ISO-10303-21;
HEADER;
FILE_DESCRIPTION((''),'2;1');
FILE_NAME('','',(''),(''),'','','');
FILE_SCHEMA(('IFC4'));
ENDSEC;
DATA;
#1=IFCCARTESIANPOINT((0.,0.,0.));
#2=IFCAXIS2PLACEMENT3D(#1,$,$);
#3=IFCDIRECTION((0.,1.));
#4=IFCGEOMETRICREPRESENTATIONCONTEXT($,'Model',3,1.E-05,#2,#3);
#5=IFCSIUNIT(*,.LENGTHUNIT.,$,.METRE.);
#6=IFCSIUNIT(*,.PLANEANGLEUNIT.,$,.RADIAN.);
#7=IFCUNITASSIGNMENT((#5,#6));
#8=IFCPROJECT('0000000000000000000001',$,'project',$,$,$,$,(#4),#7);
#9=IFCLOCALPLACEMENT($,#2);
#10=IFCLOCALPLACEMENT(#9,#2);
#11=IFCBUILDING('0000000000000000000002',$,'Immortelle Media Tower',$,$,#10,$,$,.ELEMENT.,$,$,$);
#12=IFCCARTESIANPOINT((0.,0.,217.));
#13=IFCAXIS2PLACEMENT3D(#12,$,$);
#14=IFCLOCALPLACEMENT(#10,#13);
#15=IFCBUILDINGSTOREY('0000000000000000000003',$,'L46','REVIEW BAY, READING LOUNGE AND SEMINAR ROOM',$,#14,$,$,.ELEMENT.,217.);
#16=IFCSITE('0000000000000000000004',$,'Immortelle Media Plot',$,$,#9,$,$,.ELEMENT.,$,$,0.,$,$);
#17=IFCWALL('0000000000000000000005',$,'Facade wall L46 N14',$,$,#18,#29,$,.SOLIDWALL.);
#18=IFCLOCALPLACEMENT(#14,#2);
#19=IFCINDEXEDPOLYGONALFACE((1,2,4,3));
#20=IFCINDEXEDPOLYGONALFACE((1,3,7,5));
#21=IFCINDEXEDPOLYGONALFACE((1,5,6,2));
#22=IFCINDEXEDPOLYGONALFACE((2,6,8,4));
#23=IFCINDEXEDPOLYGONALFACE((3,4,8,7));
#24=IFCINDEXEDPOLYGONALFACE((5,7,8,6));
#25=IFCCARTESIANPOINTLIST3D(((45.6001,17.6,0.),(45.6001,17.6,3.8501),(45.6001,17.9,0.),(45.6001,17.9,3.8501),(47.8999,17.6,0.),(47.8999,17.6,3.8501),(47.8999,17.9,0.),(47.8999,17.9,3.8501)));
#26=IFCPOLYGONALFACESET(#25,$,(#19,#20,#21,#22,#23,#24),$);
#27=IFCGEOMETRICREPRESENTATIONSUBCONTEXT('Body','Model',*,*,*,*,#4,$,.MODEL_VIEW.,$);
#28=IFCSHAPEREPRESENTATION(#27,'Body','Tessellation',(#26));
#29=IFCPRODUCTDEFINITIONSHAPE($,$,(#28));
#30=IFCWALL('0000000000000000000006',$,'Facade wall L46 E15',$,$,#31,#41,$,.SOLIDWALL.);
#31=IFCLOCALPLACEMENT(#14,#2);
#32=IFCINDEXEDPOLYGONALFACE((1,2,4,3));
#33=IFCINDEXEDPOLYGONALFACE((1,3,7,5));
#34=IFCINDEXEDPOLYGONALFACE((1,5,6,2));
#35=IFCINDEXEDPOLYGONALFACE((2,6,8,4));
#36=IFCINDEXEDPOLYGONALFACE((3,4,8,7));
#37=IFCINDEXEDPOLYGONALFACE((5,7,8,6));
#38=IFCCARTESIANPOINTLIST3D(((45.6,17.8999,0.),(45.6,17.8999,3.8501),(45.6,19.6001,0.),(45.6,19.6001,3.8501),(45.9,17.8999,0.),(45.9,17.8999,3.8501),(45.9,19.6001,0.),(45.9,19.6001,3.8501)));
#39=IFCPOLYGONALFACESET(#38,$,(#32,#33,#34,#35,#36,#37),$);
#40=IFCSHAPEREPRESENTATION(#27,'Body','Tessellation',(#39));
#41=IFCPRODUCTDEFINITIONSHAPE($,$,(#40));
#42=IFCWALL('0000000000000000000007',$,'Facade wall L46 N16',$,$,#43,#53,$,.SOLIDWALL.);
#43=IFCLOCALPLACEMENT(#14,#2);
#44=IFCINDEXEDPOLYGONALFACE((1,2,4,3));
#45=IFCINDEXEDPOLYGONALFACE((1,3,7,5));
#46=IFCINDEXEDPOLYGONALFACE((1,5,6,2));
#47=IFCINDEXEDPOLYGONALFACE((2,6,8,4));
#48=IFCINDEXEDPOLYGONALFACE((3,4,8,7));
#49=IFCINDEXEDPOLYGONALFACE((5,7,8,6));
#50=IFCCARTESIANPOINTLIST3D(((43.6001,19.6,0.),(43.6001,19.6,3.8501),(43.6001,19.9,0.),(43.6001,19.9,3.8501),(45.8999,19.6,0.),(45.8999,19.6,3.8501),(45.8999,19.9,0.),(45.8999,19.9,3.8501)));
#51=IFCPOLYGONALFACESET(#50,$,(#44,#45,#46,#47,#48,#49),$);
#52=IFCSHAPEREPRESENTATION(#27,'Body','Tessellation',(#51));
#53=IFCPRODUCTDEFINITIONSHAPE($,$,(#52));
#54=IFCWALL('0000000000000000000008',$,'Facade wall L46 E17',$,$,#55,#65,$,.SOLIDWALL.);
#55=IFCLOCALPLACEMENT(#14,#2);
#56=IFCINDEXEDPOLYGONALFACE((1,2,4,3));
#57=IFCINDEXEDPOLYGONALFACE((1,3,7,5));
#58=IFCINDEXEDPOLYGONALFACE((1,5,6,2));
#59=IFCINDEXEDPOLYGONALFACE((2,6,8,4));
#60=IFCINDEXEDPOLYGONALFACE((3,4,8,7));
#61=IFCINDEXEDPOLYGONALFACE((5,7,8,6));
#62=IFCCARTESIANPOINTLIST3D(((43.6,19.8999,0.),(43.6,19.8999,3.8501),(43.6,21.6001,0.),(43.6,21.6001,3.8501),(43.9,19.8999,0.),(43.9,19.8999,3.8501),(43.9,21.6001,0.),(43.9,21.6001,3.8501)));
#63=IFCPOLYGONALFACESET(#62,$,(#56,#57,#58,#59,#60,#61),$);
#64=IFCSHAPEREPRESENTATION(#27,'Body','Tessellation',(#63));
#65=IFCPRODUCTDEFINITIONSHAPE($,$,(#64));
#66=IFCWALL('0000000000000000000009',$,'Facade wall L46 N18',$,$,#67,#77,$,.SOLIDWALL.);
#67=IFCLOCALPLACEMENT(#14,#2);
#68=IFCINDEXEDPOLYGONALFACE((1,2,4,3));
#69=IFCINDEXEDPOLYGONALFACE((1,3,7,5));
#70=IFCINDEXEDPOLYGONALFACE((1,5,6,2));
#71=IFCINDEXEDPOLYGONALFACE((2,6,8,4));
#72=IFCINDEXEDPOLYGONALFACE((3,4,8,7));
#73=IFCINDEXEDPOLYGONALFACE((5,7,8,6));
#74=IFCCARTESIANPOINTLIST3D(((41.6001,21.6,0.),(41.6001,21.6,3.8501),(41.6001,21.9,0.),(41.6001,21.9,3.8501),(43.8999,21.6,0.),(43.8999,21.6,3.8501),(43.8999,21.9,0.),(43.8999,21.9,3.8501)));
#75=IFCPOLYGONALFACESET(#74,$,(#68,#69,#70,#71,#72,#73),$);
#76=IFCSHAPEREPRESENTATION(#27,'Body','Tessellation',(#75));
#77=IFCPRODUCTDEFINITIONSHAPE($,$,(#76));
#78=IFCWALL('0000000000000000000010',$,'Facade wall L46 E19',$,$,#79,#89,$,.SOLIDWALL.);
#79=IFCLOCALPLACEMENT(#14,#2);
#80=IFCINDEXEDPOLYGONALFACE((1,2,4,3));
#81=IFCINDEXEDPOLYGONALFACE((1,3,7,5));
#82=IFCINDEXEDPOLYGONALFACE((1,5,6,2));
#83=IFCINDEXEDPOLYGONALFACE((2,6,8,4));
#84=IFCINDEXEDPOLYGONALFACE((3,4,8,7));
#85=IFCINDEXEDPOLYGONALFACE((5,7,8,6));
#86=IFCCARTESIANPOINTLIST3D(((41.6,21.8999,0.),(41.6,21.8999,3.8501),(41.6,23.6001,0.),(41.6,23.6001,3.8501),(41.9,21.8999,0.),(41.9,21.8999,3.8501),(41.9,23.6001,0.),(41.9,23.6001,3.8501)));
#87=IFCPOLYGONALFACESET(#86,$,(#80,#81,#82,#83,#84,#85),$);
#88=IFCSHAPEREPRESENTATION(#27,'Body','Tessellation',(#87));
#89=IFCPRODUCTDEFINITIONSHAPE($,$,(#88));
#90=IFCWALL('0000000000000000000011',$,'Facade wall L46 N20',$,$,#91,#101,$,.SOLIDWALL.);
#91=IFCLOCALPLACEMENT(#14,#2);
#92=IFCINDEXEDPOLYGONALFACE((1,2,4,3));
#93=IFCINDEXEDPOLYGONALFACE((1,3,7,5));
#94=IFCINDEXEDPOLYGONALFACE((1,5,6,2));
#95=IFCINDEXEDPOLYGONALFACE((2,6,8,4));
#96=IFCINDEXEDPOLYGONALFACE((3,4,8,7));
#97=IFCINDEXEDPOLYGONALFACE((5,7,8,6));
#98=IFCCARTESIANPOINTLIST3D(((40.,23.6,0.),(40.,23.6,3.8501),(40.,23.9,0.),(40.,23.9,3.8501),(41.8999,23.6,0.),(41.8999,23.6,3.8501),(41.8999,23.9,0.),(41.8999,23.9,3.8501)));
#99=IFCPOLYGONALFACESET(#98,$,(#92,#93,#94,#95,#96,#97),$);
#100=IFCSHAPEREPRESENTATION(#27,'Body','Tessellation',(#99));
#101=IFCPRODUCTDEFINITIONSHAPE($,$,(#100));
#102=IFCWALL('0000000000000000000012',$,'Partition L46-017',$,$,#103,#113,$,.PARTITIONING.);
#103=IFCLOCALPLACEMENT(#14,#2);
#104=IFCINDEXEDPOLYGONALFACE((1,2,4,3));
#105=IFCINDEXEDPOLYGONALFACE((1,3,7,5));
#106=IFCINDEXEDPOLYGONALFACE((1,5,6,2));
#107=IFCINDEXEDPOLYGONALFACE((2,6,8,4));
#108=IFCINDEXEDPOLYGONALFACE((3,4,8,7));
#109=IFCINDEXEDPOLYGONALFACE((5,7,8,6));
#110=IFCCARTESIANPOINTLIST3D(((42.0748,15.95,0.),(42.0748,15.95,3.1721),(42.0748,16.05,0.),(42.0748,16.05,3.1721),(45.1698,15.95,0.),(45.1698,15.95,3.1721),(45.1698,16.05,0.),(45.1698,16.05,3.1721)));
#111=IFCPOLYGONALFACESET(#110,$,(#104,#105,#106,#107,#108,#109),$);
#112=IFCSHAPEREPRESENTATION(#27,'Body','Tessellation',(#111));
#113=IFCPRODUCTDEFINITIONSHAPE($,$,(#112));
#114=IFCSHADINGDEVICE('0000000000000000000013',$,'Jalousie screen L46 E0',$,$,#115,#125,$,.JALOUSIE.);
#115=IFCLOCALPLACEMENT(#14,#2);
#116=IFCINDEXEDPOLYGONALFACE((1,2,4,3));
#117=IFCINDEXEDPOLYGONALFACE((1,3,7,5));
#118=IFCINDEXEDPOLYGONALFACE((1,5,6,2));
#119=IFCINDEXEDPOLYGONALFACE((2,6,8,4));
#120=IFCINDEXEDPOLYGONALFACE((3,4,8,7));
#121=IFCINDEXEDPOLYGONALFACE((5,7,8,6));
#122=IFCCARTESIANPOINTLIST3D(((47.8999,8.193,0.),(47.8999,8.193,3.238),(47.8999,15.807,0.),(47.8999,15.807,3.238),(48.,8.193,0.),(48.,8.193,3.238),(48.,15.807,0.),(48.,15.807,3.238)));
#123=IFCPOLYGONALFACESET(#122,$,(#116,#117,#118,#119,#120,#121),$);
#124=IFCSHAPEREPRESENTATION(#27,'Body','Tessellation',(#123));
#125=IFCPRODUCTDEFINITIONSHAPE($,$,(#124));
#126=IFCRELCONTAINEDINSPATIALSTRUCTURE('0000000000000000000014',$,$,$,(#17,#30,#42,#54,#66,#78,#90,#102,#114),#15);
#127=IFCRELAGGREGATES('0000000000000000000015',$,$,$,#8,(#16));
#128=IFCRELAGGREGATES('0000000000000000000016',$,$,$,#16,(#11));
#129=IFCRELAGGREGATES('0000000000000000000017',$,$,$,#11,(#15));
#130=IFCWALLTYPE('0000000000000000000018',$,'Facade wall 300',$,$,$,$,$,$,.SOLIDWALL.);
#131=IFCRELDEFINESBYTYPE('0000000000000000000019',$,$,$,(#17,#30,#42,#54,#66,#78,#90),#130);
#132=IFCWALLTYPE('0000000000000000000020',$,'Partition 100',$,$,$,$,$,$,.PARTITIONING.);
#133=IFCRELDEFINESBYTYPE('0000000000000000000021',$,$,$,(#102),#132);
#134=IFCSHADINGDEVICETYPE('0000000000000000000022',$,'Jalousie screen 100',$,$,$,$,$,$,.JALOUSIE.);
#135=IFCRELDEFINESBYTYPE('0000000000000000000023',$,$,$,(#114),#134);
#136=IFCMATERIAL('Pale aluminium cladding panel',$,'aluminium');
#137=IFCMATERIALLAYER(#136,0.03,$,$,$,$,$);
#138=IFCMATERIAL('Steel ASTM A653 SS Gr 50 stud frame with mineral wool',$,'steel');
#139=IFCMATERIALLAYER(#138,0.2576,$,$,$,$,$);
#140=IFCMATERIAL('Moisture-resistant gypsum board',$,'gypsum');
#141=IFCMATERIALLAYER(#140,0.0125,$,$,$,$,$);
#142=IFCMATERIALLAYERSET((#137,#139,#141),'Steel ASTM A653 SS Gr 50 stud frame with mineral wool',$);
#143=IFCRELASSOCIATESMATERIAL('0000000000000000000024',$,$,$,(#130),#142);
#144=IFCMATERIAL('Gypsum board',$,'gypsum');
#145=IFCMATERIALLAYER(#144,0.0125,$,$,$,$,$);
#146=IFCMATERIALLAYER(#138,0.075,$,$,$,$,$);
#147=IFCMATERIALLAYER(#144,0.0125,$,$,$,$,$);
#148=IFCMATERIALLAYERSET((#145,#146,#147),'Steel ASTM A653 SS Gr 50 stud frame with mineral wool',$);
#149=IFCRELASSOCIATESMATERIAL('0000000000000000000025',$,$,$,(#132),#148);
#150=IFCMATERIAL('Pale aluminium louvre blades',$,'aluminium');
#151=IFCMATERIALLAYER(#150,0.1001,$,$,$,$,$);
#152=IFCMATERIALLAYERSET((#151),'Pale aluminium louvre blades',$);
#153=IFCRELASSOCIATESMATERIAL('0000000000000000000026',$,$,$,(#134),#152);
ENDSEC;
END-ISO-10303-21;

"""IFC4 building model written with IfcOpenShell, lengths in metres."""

from ifc_helpers import new_model, si_unit, direction, frame, frame_2d, origin, origin_2d, place, context, subcontext, project, spatial, rectangle, extrude, material, layer, layer_set, type_object, element, save


model = new_model("IFC4")

# Units and contexts
model_context = context("Model", 3, precision=1e-05, world=origin(), true_north=direction((0.0, 1.0)))
body_context = subcontext(model_context, "Body", "Model", "MODEL_VIEW")
ifc_project = project(units=[si_unit("LENGTHUNIT", "METRE"), si_unit("PLANEANGLEUNIT", "RADIAN")], contexts=[model_context])

# Site, building, storey
site_placement = place(None, origin())
site = spatial("IfcSite", under=ifc_project, at=site_placement, Name="Immortelle Media Plot", CompositionType="ELEMENT", RefElevation=0.0)
building_placement = place(site_placement, origin())
building = spatial("IfcBuilding", under=site, at=building_placement, Name="Immortelle Media Tower", CompositionType="ELEMENT")
storey_placement = place(building_placement, frame((0.0, 0.0, 217.0)))
storey = spatial("IfcBuildingStorey", under=building, at=storey_placement, Name="L46", Description="REVIEW BAY, READING LOUNGE AND SEMINAR ROOM", CompositionType="ELEMENT", Elevation=217.0)

# Walls
ifc_material_1 = material(Name="Steel ASTM A653 SS Gr 50 stud frame with mineral wool", Category="steel")
ifc_material_2 = material(Name="Pale aluminium cladding panel", Category="aluminium")
ifc_layer_1 = layer(ifc_material_2, 0.03)
ifc_layer_2 = layer(ifc_material_1, 0.2576)
ifc_material_3 = material(Name="Moisture-resistant gypsum board", Category="gypsum")
ifc_layer_3 = layer(ifc_material_3, 0.0125)
ifc_layer_set_1 = layer_set([ifc_layer_1, ifc_layer_2, ifc_layer_3], Name="Steel ASTM A653 SS Gr 50 stud frame with mineral wool")
wall_type_1 = type_object("IfcWallType", Name="Facade wall 300", PredefinedType="SOLIDWALL", material=ifc_layer_set_1)
wall_1_placement = place(storey_placement, frame((47.8999, 17.75, 0.0), z_axis=(0.0, 0.0, 1.0), x_axis=(-1.0, 0.0, 0.0)))
element("IfcWall", 1, at=wall_1_placement, inside=storey, type_object=wall_type_1, Name="Facade wall L46 N14", PredefinedType="SOLIDWALL", context=body_context, shape_type="SweptSolid", body=[
    extrude(rectangle(XDim=2.2998, YDim=0.3, at=frame_2d((1.1499, 0.0))), origin(), (0.0, 0.0, 1.0), 3.8501),
])
wall_2_placement = place(storey_placement, frame((45.75, 17.8999, 0.0), z_axis=(0.0, 0.0, 1.0), x_axis=(0.0, 1.0, 0.0)))
element("IfcWall", 2, at=wall_2_placement, inside=storey, type_object=wall_type_1, Name="Facade wall L46 E15", PredefinedType="SOLIDWALL", context=body_context, shape_type="SweptSolid", body=[
    extrude(rectangle(XDim=1.7002, YDim=0.3, at=frame_2d((0.8501, 0.0))), origin(), (0.0, 0.0, 1.0), 3.8501),
])
wall_3_placement = place(storey_placement, frame((45.8999, 19.75, 0.0), z_axis=(0.0, 0.0, 1.0), x_axis=(-1.0, 0.0, 0.0)))
element("IfcWall", 3, at=wall_3_placement, inside=storey, type_object=wall_type_1, Name="Facade wall L46 N16", PredefinedType="SOLIDWALL", context=body_context, shape_type="SweptSolid", body=[
    extrude(rectangle(XDim=2.2998, YDim=0.3, at=frame_2d((1.1499, 0.0))), origin(), (0.0, 0.0, 1.0), 3.8501),
])
wall_4_placement = place(storey_placement, frame((43.75, 19.8999, 0.0), z_axis=(0.0, 0.0, 1.0), x_axis=(0.0, 1.0, 0.0)))
element("IfcWall", 4, at=wall_4_placement, inside=storey, type_object=wall_type_1, Name="Facade wall L46 E17", PredefinedType="SOLIDWALL", context=body_context, shape_type="SweptSolid", body=[
    extrude(rectangle(XDim=1.7002, YDim=0.3, at=frame_2d((0.8501, 0.0))), origin(), (0.0, 0.0, 1.0), 3.8501),
])
wall_5_placement = place(storey_placement, frame((43.8999, 21.75, 0.0), z_axis=(0.0, 0.0, 1.0), x_axis=(-1.0, 0.0, 0.0)))
element("IfcWall", 5, at=wall_5_placement, inside=storey, type_object=wall_type_1, Name="Facade wall L46 N18", PredefinedType="SOLIDWALL", context=body_context, shape_type="SweptSolid", body=[
    extrude(rectangle(XDim=2.2998, YDim=0.3, at=frame_2d((1.1499, 0.0))), origin(), (0.0, 0.0, 1.0), 3.8501),
])
wall_6_placement = place(storey_placement, frame((41.75, 21.8999, 0.0), z_axis=(0.0, 0.0, 1.0), x_axis=(0.0, 1.0, 0.0)))
element("IfcWall", 6, at=wall_6_placement, inside=storey, type_object=wall_type_1, Name="Facade wall L46 E19", PredefinedType="SOLIDWALL", context=body_context, shape_type="SweptSolid", body=[
    extrude(rectangle(XDim=1.7002, YDim=0.3, at=frame_2d((0.8501, 0.0))), origin(), (0.0, 0.0, 1.0), 3.8501),
])
wall_7_placement = place(storey_placement, frame((41.8999, 23.75, 0.0), z_axis=(0.0, 0.0, 1.0), x_axis=(-1.0, 0.0, 0.0)))
element("IfcWall", 7, at=wall_7_placement, inside=storey, type_object=wall_type_1, Name="Facade wall L46 N20", PredefinedType="SOLIDWALL", context=body_context, shape_type="SweptSolid", body=[
    extrude(rectangle(XDim=1.8999, YDim=0.3, at=frame_2d((0.95, 0.0))), origin(), (0.0, 0.0, 1.0), 3.8501),
])
ifc_material_4 = material(Name="Gypsum board", Category="gypsum")
ifc_layer_4 = layer(ifc_material_4, 0.0125)
ifc_layer_5 = layer(ifc_material_1, 0.075)
ifc_layer_6 = layer(ifc_material_4, 0.0125)
ifc_layer_set_2 = layer_set([ifc_layer_4, ifc_layer_5, ifc_layer_6], Name="Steel ASTM A653 SS Gr 50 stud frame with mineral wool")
wall_type_2 = type_object("IfcWallType", Name="Partition 100", PredefinedType="PARTITIONING", material=ifc_layer_set_2)
wall_8_placement = place(storey_placement, frame((42.075, 16.0, 0.0), z_axis=(0.0, 0.0, 1.0), x_axis=(1.0, 0.0, 0.0)))
element("IfcWall", 8, at=wall_8_placement, inside=storey, type_object=wall_type_2, Name="Partition L46-017", PredefinedType="PARTITIONING", context=body_context, shape_type="SweptSolid", body=[
    extrude(rectangle(XDim=3.095, YDim=0.1001, at=frame_2d((1.5474, 0.0))), origin(), (0.0, 0.0, 1.0), 3.1721),
])

# Shading device
ifc_material_5 = material(Name="Pale aluminium louvre blades", Category="aluminium")
ifc_layer_7 = layer(ifc_material_5, 0.1001)
ifc_layer_set_3 = layer_set([ifc_layer_7], Name="Pale aluminium louvre blades")
shading_device_type = type_object("IfcShadingDeviceType", Name="Jalousie screen 100", PredefinedType="JALOUSIE", material=ifc_layer_set_3)
shading_device_placement = place(storey_placement, frame((47.95, 12.0, 0.0), z_axis=(0.0, 0.0, 1.0), x_axis=(0.0, 1.0, 0.0)))
element("IfcShadingDevice", 9, at=shading_device_placement, inside=storey, type_object=shading_device_type, Name="Jalousie screen L46 E0", PredefinedType="JALOUSIE", context=body_context, shape_type="SweptSolid", body=[
    extrude(rectangle(XDim=7.614, YDim=0.1001, at=origin_2d()), origin(), (0.0, 0.0, 1.0), 3.238),
])

save(model, "model.ifc")
